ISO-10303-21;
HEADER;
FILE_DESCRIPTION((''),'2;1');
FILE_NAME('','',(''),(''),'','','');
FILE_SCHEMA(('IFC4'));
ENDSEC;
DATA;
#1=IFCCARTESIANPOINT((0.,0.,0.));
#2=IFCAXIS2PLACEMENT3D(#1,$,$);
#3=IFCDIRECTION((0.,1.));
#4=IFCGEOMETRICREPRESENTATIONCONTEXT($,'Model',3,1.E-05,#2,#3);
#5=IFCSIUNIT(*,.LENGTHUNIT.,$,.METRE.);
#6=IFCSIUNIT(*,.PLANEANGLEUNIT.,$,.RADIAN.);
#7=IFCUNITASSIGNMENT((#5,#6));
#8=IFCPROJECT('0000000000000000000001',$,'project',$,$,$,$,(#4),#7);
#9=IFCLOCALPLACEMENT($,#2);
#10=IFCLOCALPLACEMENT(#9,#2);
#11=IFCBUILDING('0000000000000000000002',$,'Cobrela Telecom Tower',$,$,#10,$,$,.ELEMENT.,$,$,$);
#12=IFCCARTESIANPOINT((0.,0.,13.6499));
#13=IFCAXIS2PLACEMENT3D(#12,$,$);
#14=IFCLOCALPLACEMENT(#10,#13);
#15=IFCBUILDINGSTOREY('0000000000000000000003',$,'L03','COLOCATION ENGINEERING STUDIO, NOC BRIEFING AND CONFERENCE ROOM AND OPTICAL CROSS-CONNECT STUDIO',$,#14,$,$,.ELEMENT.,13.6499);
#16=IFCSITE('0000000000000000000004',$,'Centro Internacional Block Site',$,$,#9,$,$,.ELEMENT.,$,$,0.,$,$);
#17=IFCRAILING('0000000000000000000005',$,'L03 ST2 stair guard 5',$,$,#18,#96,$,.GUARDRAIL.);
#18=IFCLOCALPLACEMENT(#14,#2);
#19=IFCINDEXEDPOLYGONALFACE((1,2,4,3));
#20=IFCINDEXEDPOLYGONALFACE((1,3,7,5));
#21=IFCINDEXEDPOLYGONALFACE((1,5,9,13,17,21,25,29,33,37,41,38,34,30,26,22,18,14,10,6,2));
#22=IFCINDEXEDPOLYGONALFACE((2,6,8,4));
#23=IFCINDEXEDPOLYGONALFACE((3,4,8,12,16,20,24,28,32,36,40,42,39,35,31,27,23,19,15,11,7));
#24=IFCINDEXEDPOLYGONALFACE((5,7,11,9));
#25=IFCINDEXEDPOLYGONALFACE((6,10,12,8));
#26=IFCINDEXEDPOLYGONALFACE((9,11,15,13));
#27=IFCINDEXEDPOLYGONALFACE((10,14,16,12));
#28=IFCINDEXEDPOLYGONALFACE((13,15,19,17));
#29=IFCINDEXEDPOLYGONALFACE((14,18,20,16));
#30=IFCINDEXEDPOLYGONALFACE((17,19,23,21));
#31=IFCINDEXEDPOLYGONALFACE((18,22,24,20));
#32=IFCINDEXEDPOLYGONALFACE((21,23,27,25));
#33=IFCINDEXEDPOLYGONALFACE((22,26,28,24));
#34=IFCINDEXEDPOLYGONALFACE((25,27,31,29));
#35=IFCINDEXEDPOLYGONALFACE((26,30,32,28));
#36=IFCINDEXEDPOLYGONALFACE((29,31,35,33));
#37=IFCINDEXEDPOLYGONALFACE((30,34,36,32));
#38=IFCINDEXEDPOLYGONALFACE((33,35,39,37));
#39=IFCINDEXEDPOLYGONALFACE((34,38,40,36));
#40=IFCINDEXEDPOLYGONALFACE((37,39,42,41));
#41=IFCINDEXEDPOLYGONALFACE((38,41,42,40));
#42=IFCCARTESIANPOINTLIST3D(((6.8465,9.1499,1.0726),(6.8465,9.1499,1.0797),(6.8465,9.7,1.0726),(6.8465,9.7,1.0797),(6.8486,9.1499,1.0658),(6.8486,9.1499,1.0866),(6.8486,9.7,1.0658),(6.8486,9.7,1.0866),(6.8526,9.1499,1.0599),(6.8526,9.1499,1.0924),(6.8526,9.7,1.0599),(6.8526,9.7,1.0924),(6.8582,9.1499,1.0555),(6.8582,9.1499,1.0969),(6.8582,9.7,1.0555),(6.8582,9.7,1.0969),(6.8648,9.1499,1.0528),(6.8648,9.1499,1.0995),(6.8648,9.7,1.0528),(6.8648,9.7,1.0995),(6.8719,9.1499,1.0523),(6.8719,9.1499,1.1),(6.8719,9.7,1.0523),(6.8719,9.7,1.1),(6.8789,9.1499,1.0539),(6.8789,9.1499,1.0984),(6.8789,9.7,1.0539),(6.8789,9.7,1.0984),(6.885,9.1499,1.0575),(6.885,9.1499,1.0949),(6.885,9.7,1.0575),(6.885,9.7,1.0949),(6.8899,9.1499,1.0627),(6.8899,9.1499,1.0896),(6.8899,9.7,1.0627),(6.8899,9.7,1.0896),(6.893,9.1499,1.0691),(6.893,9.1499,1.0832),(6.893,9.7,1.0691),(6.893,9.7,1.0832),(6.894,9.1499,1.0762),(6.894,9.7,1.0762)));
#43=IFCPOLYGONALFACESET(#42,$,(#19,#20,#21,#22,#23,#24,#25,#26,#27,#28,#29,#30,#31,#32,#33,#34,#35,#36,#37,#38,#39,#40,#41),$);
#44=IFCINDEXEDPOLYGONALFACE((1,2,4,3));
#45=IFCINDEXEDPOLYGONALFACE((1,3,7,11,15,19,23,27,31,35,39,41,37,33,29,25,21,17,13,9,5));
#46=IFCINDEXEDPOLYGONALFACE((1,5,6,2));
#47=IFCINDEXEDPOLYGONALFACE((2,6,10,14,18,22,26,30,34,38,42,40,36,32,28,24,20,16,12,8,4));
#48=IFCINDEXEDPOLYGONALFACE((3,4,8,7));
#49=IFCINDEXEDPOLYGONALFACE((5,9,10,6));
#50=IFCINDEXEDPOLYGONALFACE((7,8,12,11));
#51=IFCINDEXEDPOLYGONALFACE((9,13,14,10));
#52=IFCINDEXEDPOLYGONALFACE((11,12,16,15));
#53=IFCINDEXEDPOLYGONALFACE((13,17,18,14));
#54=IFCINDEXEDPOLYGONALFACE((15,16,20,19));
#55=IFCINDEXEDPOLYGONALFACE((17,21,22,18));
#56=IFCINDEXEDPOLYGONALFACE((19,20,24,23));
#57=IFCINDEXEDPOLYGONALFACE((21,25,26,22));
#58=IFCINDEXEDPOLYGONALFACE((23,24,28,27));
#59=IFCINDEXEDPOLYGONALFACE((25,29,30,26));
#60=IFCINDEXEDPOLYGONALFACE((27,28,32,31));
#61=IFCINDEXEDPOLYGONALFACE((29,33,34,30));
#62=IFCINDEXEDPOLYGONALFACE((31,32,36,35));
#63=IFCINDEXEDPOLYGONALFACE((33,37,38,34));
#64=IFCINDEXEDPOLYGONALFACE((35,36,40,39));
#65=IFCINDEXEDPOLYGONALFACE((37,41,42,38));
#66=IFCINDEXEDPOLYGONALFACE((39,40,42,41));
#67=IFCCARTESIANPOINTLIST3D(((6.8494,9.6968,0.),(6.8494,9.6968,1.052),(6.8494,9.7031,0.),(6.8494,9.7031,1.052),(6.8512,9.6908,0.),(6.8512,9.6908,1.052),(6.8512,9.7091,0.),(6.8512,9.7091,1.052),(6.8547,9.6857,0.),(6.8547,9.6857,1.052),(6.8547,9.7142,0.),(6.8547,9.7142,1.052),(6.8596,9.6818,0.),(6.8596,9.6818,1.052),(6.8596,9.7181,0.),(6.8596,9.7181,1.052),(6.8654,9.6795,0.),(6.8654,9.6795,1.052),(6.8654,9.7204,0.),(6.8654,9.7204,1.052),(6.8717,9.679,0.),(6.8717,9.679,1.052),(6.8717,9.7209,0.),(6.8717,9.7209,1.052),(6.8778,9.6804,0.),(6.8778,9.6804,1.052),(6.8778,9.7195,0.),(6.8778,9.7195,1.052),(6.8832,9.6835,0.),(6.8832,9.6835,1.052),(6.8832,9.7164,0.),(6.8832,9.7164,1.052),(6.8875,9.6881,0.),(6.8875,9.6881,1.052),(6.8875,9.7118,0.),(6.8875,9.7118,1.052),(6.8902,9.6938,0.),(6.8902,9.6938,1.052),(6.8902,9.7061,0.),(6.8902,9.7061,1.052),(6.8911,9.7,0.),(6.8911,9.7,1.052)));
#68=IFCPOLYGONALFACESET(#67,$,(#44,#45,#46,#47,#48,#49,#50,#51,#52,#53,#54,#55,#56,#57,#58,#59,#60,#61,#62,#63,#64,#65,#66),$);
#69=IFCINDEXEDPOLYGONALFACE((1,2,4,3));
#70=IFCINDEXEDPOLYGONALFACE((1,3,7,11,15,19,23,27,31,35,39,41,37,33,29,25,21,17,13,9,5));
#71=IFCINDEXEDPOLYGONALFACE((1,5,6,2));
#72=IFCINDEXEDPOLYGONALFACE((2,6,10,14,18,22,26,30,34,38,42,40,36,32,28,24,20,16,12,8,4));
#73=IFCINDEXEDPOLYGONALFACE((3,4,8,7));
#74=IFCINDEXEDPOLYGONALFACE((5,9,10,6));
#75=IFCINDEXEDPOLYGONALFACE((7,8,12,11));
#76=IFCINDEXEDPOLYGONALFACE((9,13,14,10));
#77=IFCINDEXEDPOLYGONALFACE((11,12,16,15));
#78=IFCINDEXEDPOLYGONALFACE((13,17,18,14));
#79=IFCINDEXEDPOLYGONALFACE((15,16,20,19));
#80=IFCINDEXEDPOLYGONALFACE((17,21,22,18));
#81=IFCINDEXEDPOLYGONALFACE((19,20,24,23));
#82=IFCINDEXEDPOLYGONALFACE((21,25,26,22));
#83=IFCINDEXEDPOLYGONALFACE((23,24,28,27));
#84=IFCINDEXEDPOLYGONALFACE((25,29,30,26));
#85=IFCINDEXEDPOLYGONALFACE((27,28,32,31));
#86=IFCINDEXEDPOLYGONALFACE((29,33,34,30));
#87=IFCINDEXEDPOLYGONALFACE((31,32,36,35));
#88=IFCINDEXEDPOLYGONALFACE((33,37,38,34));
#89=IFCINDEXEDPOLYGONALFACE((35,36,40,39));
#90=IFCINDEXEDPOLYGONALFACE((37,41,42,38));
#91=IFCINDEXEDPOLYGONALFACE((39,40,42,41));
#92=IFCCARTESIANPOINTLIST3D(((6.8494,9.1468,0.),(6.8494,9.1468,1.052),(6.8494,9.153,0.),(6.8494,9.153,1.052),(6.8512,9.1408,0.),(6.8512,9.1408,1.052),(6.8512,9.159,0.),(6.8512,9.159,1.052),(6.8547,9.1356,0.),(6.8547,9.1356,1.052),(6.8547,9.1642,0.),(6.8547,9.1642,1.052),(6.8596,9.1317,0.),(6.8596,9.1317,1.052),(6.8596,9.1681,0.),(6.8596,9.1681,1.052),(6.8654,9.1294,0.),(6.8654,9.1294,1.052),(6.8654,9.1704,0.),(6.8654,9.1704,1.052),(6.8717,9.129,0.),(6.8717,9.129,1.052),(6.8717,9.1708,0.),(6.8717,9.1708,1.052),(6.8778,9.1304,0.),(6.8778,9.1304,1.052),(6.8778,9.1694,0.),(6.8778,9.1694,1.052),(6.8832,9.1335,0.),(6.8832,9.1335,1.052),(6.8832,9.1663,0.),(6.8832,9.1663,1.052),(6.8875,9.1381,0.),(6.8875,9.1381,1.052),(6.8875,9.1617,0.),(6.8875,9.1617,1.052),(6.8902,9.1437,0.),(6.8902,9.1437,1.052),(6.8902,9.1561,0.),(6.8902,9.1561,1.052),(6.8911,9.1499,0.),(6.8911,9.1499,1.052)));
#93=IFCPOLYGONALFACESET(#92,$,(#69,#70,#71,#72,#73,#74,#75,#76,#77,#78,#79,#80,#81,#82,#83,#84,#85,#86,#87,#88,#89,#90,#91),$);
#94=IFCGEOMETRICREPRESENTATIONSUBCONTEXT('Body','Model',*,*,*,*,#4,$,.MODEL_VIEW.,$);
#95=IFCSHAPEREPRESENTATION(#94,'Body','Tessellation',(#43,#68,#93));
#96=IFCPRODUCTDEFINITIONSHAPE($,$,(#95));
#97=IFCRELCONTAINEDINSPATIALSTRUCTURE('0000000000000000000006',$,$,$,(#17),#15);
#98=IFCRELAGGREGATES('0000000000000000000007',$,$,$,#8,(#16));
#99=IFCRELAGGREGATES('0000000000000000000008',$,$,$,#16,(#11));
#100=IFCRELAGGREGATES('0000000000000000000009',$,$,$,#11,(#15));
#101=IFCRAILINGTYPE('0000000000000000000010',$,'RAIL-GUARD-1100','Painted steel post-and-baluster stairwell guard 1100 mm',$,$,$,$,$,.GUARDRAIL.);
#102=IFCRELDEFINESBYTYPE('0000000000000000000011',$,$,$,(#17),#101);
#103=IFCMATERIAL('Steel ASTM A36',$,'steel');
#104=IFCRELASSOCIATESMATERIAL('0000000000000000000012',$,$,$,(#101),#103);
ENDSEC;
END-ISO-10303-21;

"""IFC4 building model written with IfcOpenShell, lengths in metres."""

from ifc_helpers import new_model, si_unit, direction, frame, origin, origin_2d, place, context, subcontext, project, spatial, circle, extrude, material, type_object, element, save


model = new_model("IFC4")

# Units and contexts
model_context = context("Model", 3, precision=1e-05, world=origin(), true_north=direction((0.0, 1.0)))
body_context = subcontext(model_context, "Body", "Model", "MODEL_VIEW")
ifc_project = project(units=[si_unit("LENGTHUNIT", "METRE"), si_unit("PLANEANGLEUNIT", "RADIAN")], contexts=[model_context])

# Site, building, storey
site_placement = place(None, origin())
site = spatial("IfcSite", under=ifc_project, at=site_placement, Name="Centro Internacional Block Site", CompositionType="ELEMENT", RefElevation=0.0)
building_placement = place(site_placement, origin())
building = spatial("IfcBuilding", under=site, at=building_placement, Name="Cobrela Telecom Tower", CompositionType="ELEMENT")
storey_placement = place(building_placement, frame((0.0, 0.0, 13.6499)))
storey = spatial("IfcBuildingStorey", under=building, at=storey_placement, Name="L03", Description="COLOCATION ENGINEERING STUDIO, NOC BRIEFING AND CONFERENCE ROOM AND OPTICAL CROSS-CONNECT STUDIO", CompositionType="ELEMENT", Elevation=13.6499)

# Shared definitions
ifc_material_1 = material(Name="Steel ASTM A36", Category="steel")

# Railing
railing_type = type_object("IfcRailingType", Name="RAIL-GUARD-1100", Description="Painted steel post-and-baluster stairwell guard 1100 mm", PredefinedType="GUARDRAIL", material=ifc_material_1)
railing_placement = place(storey_placement, frame((6.8701, 9.7, 0.0)))
element("IfcRailing", 1, at=railing_placement, inside=storey, type_object=railing_type, Name="L03 ST2 stair guard 5", PredefinedType="GUARDRAIL", context=body_context, shape_type="SweptSolid", body=[
    extrude(circle(Radius=0.0239, at=origin_2d()), frame((0.0, 0.0, 1.0762), z_axis=(0.0, -1.0, 0.0), x_axis=(1.0, 0.0, 0.0)), (0.0, 0.0, 1.0), 0.55),
    extrude(circle(Radius=0.021, at=origin_2d()), origin(), (0.0, 0.0, 1.0), 1.052),
    extrude(circle(Radius=0.021, at=origin_2d()), frame((0.0, -0.55, 0.0)), (0.0, 0.0, 1.0), 1.052),
])

save(model, "model.ifc")
